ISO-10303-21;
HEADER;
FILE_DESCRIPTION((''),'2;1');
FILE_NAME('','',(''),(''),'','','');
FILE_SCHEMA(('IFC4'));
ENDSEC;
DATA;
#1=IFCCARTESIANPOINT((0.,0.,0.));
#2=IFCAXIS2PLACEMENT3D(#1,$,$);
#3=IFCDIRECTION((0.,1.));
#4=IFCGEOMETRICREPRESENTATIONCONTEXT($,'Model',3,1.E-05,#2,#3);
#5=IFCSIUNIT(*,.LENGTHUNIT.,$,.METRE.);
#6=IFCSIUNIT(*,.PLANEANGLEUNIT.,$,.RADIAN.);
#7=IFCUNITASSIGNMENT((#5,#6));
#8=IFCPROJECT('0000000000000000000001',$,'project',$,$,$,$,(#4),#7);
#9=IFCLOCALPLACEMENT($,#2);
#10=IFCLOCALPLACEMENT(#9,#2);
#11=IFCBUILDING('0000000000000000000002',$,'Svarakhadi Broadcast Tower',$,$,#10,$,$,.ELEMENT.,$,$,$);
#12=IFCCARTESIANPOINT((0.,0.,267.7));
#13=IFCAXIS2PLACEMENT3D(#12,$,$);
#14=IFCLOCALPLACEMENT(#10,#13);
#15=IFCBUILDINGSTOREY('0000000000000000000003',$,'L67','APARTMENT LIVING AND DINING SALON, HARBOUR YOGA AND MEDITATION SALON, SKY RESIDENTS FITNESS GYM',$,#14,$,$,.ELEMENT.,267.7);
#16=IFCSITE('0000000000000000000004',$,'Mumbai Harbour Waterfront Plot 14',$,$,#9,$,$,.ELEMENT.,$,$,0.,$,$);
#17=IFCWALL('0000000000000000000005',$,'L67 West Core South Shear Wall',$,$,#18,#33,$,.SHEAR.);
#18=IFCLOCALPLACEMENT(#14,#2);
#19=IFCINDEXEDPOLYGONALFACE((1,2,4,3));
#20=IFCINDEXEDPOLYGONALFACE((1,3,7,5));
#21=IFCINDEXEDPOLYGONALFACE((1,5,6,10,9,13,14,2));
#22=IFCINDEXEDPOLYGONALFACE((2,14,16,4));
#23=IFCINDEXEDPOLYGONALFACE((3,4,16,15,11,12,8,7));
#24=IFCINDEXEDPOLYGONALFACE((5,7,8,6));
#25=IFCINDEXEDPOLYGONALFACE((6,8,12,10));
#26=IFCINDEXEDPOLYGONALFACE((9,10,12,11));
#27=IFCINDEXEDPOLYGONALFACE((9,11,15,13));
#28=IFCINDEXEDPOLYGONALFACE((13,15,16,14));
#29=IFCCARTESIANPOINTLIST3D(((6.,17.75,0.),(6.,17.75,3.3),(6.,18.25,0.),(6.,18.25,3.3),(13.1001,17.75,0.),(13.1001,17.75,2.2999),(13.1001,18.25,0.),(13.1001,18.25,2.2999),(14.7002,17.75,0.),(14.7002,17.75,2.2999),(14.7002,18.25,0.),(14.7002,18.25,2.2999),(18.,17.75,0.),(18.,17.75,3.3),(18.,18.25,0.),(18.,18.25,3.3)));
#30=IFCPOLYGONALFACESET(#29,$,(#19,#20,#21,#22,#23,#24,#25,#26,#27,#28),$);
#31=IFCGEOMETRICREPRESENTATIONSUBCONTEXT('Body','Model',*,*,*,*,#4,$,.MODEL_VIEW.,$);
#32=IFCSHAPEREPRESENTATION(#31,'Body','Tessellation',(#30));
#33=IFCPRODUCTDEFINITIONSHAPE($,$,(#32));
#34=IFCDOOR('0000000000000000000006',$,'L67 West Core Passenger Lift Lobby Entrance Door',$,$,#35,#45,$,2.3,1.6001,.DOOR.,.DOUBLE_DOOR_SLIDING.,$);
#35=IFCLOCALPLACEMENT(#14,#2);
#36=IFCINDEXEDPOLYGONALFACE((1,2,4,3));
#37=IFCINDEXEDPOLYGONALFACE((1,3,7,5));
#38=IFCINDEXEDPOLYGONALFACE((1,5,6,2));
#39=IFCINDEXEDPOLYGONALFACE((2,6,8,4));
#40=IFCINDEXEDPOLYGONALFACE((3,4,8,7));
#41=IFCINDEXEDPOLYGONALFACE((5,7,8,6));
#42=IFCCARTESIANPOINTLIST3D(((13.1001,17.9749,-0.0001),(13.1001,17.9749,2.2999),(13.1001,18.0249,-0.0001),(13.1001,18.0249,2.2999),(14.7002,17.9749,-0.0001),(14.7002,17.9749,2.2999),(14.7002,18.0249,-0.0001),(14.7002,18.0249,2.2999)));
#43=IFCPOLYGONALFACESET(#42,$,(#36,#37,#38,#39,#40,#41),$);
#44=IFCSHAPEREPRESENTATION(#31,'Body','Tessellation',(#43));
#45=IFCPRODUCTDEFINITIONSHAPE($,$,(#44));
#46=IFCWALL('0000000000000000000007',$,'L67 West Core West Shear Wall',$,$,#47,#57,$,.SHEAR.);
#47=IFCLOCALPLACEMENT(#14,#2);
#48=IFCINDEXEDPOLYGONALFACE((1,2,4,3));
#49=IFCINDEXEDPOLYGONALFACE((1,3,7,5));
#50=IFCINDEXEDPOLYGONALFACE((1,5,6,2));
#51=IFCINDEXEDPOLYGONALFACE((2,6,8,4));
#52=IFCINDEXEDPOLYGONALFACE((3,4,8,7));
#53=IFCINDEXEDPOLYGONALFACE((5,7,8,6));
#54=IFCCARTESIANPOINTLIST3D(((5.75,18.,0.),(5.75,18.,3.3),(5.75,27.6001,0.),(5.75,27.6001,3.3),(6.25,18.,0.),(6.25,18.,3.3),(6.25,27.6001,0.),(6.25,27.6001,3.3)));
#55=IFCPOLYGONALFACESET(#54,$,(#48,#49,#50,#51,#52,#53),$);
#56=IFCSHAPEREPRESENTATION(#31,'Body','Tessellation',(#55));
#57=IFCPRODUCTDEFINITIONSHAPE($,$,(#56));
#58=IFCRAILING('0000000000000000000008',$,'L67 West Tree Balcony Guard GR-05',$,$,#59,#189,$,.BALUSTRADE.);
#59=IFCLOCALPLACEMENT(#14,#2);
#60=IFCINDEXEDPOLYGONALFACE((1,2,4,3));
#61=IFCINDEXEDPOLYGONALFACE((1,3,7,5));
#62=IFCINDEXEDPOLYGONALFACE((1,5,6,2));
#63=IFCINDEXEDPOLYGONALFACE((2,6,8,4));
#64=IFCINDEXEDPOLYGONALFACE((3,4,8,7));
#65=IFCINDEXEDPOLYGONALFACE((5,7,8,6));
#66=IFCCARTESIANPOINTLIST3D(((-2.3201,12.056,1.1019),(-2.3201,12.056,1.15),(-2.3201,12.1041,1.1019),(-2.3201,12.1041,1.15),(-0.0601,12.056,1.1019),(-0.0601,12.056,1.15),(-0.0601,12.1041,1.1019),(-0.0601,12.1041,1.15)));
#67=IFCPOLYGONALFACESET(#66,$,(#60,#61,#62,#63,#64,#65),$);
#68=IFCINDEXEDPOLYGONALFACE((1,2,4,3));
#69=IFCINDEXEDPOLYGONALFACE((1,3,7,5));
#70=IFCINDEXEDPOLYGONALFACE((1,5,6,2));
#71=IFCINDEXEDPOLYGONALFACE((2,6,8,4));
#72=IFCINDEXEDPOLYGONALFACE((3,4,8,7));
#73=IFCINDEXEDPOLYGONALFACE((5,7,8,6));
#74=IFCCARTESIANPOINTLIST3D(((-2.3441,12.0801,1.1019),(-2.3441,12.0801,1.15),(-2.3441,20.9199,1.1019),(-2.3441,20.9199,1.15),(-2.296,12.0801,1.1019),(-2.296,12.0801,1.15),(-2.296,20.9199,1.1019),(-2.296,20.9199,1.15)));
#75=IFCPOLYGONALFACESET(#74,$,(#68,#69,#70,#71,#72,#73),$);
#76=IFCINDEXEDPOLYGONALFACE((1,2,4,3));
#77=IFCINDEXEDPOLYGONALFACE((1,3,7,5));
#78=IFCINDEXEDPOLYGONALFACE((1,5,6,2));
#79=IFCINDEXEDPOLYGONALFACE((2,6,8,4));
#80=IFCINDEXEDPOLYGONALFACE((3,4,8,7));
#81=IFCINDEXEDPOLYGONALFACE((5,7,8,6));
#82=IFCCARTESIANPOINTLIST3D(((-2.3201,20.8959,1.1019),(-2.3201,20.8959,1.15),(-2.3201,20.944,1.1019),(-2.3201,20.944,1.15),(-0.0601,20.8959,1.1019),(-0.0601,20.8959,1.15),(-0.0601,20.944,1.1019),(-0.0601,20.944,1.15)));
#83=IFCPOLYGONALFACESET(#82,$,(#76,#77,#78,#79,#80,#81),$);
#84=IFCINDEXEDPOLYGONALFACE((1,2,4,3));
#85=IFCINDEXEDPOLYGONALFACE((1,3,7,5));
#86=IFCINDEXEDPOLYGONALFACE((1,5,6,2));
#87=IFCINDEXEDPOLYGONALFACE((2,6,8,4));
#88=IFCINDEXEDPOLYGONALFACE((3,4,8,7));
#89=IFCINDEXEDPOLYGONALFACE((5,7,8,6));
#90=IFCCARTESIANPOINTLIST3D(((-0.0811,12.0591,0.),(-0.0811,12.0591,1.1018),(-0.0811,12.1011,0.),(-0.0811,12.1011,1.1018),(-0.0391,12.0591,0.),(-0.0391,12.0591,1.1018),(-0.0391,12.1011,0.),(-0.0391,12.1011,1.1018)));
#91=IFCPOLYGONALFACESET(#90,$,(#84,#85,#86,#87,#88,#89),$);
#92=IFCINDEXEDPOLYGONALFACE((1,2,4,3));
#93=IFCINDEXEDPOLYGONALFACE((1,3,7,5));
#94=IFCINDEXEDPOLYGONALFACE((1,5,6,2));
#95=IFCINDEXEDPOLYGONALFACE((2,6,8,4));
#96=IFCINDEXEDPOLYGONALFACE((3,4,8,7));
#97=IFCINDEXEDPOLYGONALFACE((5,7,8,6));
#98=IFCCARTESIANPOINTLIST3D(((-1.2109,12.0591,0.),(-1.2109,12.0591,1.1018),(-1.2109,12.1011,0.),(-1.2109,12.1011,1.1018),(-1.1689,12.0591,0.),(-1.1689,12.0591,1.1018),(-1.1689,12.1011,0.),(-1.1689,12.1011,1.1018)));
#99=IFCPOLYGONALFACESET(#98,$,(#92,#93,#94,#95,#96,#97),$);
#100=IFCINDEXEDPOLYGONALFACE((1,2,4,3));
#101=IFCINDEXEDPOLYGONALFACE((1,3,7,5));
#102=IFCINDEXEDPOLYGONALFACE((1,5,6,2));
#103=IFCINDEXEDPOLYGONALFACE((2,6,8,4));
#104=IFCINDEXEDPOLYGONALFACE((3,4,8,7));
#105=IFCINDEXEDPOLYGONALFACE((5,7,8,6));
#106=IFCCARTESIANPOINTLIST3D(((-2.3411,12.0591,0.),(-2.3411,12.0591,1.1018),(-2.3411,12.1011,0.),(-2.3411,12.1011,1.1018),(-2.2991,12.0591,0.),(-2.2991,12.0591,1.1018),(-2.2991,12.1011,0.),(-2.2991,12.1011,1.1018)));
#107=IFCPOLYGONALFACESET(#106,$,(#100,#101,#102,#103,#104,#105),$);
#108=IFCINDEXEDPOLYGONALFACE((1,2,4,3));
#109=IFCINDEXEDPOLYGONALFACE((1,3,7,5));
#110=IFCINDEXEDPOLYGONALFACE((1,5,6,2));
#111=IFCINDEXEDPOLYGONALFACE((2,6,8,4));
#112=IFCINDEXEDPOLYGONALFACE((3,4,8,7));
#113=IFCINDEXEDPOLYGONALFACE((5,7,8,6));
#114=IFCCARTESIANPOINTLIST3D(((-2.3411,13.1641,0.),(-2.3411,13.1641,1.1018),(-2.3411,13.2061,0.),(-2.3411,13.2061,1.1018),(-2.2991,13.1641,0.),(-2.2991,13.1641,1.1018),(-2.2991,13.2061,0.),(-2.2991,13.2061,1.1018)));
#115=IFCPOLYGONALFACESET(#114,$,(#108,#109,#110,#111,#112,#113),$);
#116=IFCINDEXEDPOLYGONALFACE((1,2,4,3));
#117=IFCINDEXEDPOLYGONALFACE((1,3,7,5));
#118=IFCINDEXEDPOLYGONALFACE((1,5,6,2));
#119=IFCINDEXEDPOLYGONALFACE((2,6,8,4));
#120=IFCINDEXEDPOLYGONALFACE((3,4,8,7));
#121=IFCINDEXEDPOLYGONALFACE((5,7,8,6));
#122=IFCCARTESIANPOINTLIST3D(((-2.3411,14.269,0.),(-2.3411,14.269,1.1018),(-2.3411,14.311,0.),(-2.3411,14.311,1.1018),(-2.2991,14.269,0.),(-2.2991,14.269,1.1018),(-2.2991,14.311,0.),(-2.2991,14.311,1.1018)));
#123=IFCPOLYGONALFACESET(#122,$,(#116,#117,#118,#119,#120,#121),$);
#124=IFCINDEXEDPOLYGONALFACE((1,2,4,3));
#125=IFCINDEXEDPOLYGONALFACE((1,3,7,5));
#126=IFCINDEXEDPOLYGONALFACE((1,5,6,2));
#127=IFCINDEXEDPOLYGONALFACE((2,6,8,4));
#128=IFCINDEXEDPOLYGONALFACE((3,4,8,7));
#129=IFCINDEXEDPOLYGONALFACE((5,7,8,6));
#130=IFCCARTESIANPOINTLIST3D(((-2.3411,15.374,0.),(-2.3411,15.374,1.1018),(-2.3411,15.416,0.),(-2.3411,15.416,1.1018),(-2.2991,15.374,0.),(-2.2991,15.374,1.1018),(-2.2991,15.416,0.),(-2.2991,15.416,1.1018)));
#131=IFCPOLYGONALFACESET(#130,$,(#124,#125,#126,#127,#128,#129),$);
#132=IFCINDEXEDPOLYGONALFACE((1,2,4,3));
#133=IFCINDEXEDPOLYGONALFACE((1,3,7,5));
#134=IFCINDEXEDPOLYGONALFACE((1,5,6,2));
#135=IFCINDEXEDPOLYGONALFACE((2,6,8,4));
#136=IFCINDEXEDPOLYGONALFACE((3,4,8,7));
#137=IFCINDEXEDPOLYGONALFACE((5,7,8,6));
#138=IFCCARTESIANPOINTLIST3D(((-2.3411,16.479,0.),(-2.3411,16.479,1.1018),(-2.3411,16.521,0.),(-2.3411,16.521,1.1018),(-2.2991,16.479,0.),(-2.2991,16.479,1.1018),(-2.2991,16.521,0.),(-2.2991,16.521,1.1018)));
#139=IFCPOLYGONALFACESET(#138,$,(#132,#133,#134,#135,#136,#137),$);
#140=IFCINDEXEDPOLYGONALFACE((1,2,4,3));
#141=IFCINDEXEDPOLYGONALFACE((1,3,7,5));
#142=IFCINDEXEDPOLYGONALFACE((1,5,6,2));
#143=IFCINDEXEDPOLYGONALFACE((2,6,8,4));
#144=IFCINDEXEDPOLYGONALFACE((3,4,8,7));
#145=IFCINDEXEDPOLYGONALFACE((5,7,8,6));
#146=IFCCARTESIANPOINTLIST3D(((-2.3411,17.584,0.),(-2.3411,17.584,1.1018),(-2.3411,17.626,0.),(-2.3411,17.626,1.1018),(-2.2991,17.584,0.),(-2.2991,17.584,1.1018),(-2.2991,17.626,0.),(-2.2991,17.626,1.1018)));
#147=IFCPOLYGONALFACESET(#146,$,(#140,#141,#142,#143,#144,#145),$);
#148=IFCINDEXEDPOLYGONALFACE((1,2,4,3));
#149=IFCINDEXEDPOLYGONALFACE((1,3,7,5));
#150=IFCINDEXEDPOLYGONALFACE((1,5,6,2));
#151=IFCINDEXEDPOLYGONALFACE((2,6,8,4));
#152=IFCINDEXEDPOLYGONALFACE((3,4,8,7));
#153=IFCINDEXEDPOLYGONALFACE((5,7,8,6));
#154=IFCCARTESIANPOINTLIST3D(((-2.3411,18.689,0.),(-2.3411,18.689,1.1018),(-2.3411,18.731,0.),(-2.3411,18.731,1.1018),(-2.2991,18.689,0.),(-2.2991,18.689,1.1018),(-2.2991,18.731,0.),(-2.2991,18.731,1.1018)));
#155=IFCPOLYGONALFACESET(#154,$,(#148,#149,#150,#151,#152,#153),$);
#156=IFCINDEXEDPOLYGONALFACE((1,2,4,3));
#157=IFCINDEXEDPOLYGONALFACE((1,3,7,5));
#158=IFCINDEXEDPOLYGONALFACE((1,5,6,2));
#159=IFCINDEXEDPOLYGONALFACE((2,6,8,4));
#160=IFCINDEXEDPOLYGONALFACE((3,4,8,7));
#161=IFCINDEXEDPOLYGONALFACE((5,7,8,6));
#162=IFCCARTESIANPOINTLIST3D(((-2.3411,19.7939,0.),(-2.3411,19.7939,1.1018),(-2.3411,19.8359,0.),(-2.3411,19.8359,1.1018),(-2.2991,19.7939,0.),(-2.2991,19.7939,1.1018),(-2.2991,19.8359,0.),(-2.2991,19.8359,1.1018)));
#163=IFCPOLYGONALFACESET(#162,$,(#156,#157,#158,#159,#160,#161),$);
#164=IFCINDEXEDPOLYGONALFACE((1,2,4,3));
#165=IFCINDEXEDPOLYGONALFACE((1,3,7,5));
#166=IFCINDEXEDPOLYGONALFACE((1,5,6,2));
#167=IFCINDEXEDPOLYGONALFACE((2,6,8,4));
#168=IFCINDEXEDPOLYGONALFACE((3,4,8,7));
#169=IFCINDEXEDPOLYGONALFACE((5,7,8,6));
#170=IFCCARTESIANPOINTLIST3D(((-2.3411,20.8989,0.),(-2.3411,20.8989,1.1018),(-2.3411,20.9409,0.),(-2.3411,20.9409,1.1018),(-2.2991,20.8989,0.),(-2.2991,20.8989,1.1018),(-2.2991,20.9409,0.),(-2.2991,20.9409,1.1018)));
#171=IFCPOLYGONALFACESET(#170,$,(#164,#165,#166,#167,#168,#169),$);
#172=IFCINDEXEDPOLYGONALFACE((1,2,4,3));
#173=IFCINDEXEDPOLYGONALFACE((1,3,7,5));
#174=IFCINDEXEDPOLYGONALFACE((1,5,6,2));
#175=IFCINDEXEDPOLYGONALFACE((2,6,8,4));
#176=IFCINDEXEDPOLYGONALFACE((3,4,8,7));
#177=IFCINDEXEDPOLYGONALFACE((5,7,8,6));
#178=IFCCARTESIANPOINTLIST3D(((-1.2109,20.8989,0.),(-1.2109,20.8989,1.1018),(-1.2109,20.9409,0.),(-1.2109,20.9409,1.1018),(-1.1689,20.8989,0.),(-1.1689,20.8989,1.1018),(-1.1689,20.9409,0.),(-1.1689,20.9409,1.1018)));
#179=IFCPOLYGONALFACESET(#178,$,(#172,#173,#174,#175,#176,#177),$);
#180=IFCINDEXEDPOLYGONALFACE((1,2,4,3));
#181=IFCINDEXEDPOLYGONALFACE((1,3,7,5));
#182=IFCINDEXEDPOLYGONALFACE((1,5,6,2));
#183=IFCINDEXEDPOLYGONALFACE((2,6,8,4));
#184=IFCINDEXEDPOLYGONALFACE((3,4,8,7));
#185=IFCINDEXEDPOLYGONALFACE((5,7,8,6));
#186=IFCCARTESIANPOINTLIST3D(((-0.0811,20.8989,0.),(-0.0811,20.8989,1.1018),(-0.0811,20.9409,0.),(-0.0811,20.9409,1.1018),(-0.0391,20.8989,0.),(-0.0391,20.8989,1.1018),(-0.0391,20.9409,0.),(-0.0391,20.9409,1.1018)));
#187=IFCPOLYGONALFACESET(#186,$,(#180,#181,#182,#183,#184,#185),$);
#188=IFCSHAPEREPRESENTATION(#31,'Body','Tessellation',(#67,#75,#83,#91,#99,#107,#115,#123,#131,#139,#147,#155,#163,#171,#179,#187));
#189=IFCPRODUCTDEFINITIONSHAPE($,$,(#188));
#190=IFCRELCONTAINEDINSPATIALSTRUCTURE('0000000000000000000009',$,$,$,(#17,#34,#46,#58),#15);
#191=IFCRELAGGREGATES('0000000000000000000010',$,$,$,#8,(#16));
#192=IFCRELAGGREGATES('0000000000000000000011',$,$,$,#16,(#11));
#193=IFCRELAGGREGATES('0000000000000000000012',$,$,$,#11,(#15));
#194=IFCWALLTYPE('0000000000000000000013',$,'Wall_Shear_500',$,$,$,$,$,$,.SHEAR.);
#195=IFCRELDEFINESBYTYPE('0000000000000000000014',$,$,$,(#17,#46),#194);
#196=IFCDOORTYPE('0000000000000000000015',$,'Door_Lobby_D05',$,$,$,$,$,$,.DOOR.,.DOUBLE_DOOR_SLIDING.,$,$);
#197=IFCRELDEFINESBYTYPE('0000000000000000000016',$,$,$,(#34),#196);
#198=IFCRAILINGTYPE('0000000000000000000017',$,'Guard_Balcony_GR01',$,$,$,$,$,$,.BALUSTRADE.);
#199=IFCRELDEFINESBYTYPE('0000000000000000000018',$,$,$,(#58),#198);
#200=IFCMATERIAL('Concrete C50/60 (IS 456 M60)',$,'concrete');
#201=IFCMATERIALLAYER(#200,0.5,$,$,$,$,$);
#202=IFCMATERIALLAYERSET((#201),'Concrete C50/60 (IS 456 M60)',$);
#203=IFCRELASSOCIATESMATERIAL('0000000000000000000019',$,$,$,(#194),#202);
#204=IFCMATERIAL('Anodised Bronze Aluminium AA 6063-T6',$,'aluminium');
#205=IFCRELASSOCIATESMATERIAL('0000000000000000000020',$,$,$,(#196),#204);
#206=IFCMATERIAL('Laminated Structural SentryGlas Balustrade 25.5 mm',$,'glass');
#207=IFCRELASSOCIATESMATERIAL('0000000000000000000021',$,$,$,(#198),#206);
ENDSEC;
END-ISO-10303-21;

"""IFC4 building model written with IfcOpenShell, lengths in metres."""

from ifc_helpers import new_model, si_unit, direction, frame, frame_2d, origin, origin_2d, place, context, subcontext, project, spatial, rectangle, extrude, material, layer, layer_set, type_object, element, fill, save


model = new_model("IFC4")

# Units and contexts
model_context = context("Model", 3, precision=1e-05, world=origin(), true_north=direction((0.0, 1.0)))
body_context = subcontext(model_context, "Body", "Model", "MODEL_VIEW")
ifc_project = project(units=[si_unit("LENGTHUNIT", "METRE"), si_unit("PLANEANGLEUNIT", "RADIAN")], contexts=[model_context])

# Site, building, storey
site_placement = place(None, origin())
site = spatial("IfcSite", under=ifc_project, at=site_placement, Name="Mumbai Harbour Waterfront Plot 14", CompositionType="ELEMENT", RefElevation=0.0)
building_placement = place(site_placement, origin())
building = spatial("IfcBuilding", under=site, at=building_placement, Name="Svarakhadi Broadcast Tower", CompositionType="ELEMENT")
storey_placement = place(building_placement, frame((0.0, 0.0, 267.7)))
storey = spatial("IfcBuildingStorey", under=building, at=storey_placement, Name="L67", Description="APARTMENT LIVING AND DINING SALON, HARBOUR YOGA AND MEDITATION SALON, SKY RESIDENTS FITNESS GYM", CompositionType="ELEMENT", Elevation=267.7)

# Shared definitions
ifc_material_1 = material(Name="Concrete C50/60 (IS 456 M60)", Category="concrete")

# Shared definitions
ifc_material_2 = material(Name="Anodised Bronze Aluminium AA 6063-T6", Category="aluminium")

# Wall, opening, door
ifc_layer_1 = layer(ifc_material_1, 0.5)
ifc_layer_set_1 = layer_set([ifc_layer_1], Name="Concrete C50/60 (IS 456 M60)")
wall_type_1 = type_object("IfcWallType", Name="Wall_Shear_500", PredefinedType="SHEAR", material=ifc_layer_set_1)
wall_1_placement = place(storey_placement, frame((6.0, 18.0, 0.0), z_axis=(0.0, 0.0, 1.0), x_axis=(1.0, 0.0, 0.0)))
wall_1 = element("IfcWall", 1, at=wall_1_placement, inside=storey, type_object=wall_type_1, Name="L67 West Core South Shear Wall", PredefinedType="SHEAR", context=body_context, shape_type="SweptSolid", body=[
    extrude(rectangle(XDim=12.0, YDim=0.5, at=frame_2d((6.0, 0.0))), origin(), (0.0, 0.0, 1.0), 3.3),
])
opening_1_placement = place(wall_1_placement, frame((7.1001, 0.0, 0.0)))
opening_1 = element("IfcOpeningElement", 2, at=opening_1_placement, cuts=wall_1, PredefinedType="OPENING", context=body_context, shape_type="SweptSolid", body=[
    extrude(rectangle(XDim=1.6001, YDim=2.3, at=frame_2d((0.8, 1.1499))), frame((0.0, 0.26, 0.0), z_axis=(0.0, -1.0, 0.0), x_axis=(1.0, 0.0, 0.0)), (0.0, 0.0, 1.0), 0.52),
])
door_type_1 = type_object("IfcDoorType", Name="Door_Lobby_D05", OperationType="DOUBLE_DOOR_SLIDING", PredefinedType="DOOR", material=ifc_material_2)
door_1_placement = place(opening_1_placement, origin())
door_1 = element("IfcDoor", 3, at=door_1_placement, inside=storey, type_object=door_type_1, Name="L67 West Core Passenger Lift Lobby Entrance Door", OperationType="DOUBLE_DOOR_SLIDING", OverallHeight=2.3, OverallWidth=1.6001, PredefinedType="DOOR", context=body_context, shape_type="SweptSolid", body=[
    extrude(rectangle(XDim=1.6001, YDim=2.3, at=frame_2d((0.8, 1.1499))), frame((0.0, 0.0249, 0.0), z_axis=(0.0, -1.0, 0.0), x_axis=(1.0, 0.0, 0.0)), (0.0, 0.0, 1.0), 0.05),
])
fill(opening_1, door_1)

# Wall
wall_2_placement = place(storey_placement, frame((6.0, 18.0, 0.0), z_axis=(0.0, 0.0, 1.0), x_axis=(0.0, 1.0, 0.0)))
element("IfcWall", 4, at=wall_2_placement, inside=storey, type_object=wall_type_1, Name="L67 West Core West Shear Wall", PredefinedType="SHEAR", context=body_context, shape_type="SweptSolid", body=[
    extrude(rectangle(XDim=9.6001, YDim=0.5, at=frame_2d((4.8, 0.0))), origin(), (0.0, 0.0, 1.0), 3.3),
])

# Railing
ifc_material_3 = material(Name="Laminated Structural SentryGlas Balustrade 25.5 mm", Category="glass")
railing_type = type_object("IfcRailingType", Name="Guard_Balcony_GR01", PredefinedType="BALUSTRADE", material=ifc_material_3)
railing_placement = place(storey_placement, frame((-0.0601, 12.0801, 0.0)))
element("IfcRailing", 5, at=railing_placement, inside=storey, type_object=railing_type, Name="L67 West Tree Balcony Guard GR-05", PredefinedType="BALUSTRADE", context=body_context, shape_type="SweptSolid", body=[
    extrude(rectangle(XDim=0.0481, YDim=0.0481, at=origin_2d()), frame((0.0, 0.0, 1.126), z_axis=(-1.0, 0.0, 0.0), x_axis=(0.0, -1.0, 0.0)), (0.0, 0.0, 1.0), 2.26),
    extrude(rectangle(XDim=0.0481, YDim=0.0481, at=origin_2d()), frame((-2.26, 0.0, 1.126), z_axis=(0.0, 1.0, 0.0), x_axis=(-1.0, 0.0, 0.0)), (0.0, 0.0, 1.0), 8.8398),
    extrude(rectangle(XDim=0.0481, YDim=0.0481, at=origin_2d()), frame((-2.26, 8.8398, 1.126), z_axis=(1.0, 0.0, 0.0), x_axis=(0.0, 1.0, 0.0)), (0.0, 0.0, 1.0), 2.26),
    extrude(rectangle(XDim=0.042, YDim=0.042, at=origin_2d()), origin(), (0.0, 0.0, 1.0), 1.1018),
    extrude(rectangle(XDim=0.042, YDim=0.042, at=origin_2d()), frame((-1.1299, 0.0, 0.0)), (0.0, 0.0, 1.0), 1.1018),
    extrude(rectangle(XDim=0.042, YDim=0.042, at=origin_2d()), frame((-2.26, 0.0, 0.0)), (0.0, 0.0, 1.0), 1.1018),
    extrude(rectangle(XDim=0.042, YDim=0.042, at=origin_2d()), frame((-2.26, 1.105, 0.0)), (0.0, 0.0, 1.0), 1.1018),
    extrude(rectangle(XDim=0.042, YDim=0.042, at=origin_2d()), frame((-2.26, 2.21, 0.0)), (0.0, 0.0, 1.0), 1.1018),
    extrude(rectangle(XDim=0.042, YDim=0.042, at=origin_2d()), frame((-2.26, 3.3149, 0.0)), (0.0, 0.0, 1.0), 1.1018),
    extrude(rectangle(XDim=0.042, YDim=0.042, at=origin_2d()), frame((-2.26, 4.4199, 0.0)), (0.0, 0.0, 1.0), 1.1018),
    extrude(rectangle(XDim=0.042, YDim=0.042, at=origin_2d()), frame((-2.26, 5.5249, 0.0)), (0.0, 0.0, 1.0), 1.1018),
    extrude(rectangle(XDim=0.042, YDim=0.042, at=origin_2d()), frame((-2.26, 6.6299, 0.0)), (0.0, 0.0, 1.0), 1.1018),
    extrude(rectangle(XDim=0.042, YDim=0.042, at=origin_2d()), frame((-2.26, 7.7349, 0.0)), (0.0, 0.0, 1.0), 1.1018),
    extrude(rectangle(XDim=0.042, YDim=0.042, at=origin_2d()), frame((-2.26, 8.8398, 0.0)), (0.0, 0.0, 1.0), 1.1018),
    extrude(rectangle(XDim=0.042, YDim=0.042, at=origin_2d()), frame((-1.1299, 8.8398, 0.0)), (0.0, 0.0, 1.0), 1.1018),
    extrude(rectangle(XDim=0.042, YDim=0.042, at=origin_2d()), frame((0.0, 8.8398, 0.0)), (0.0, 0.0, 1.0), 1.1018),
])

save(model, "model.ifc")
